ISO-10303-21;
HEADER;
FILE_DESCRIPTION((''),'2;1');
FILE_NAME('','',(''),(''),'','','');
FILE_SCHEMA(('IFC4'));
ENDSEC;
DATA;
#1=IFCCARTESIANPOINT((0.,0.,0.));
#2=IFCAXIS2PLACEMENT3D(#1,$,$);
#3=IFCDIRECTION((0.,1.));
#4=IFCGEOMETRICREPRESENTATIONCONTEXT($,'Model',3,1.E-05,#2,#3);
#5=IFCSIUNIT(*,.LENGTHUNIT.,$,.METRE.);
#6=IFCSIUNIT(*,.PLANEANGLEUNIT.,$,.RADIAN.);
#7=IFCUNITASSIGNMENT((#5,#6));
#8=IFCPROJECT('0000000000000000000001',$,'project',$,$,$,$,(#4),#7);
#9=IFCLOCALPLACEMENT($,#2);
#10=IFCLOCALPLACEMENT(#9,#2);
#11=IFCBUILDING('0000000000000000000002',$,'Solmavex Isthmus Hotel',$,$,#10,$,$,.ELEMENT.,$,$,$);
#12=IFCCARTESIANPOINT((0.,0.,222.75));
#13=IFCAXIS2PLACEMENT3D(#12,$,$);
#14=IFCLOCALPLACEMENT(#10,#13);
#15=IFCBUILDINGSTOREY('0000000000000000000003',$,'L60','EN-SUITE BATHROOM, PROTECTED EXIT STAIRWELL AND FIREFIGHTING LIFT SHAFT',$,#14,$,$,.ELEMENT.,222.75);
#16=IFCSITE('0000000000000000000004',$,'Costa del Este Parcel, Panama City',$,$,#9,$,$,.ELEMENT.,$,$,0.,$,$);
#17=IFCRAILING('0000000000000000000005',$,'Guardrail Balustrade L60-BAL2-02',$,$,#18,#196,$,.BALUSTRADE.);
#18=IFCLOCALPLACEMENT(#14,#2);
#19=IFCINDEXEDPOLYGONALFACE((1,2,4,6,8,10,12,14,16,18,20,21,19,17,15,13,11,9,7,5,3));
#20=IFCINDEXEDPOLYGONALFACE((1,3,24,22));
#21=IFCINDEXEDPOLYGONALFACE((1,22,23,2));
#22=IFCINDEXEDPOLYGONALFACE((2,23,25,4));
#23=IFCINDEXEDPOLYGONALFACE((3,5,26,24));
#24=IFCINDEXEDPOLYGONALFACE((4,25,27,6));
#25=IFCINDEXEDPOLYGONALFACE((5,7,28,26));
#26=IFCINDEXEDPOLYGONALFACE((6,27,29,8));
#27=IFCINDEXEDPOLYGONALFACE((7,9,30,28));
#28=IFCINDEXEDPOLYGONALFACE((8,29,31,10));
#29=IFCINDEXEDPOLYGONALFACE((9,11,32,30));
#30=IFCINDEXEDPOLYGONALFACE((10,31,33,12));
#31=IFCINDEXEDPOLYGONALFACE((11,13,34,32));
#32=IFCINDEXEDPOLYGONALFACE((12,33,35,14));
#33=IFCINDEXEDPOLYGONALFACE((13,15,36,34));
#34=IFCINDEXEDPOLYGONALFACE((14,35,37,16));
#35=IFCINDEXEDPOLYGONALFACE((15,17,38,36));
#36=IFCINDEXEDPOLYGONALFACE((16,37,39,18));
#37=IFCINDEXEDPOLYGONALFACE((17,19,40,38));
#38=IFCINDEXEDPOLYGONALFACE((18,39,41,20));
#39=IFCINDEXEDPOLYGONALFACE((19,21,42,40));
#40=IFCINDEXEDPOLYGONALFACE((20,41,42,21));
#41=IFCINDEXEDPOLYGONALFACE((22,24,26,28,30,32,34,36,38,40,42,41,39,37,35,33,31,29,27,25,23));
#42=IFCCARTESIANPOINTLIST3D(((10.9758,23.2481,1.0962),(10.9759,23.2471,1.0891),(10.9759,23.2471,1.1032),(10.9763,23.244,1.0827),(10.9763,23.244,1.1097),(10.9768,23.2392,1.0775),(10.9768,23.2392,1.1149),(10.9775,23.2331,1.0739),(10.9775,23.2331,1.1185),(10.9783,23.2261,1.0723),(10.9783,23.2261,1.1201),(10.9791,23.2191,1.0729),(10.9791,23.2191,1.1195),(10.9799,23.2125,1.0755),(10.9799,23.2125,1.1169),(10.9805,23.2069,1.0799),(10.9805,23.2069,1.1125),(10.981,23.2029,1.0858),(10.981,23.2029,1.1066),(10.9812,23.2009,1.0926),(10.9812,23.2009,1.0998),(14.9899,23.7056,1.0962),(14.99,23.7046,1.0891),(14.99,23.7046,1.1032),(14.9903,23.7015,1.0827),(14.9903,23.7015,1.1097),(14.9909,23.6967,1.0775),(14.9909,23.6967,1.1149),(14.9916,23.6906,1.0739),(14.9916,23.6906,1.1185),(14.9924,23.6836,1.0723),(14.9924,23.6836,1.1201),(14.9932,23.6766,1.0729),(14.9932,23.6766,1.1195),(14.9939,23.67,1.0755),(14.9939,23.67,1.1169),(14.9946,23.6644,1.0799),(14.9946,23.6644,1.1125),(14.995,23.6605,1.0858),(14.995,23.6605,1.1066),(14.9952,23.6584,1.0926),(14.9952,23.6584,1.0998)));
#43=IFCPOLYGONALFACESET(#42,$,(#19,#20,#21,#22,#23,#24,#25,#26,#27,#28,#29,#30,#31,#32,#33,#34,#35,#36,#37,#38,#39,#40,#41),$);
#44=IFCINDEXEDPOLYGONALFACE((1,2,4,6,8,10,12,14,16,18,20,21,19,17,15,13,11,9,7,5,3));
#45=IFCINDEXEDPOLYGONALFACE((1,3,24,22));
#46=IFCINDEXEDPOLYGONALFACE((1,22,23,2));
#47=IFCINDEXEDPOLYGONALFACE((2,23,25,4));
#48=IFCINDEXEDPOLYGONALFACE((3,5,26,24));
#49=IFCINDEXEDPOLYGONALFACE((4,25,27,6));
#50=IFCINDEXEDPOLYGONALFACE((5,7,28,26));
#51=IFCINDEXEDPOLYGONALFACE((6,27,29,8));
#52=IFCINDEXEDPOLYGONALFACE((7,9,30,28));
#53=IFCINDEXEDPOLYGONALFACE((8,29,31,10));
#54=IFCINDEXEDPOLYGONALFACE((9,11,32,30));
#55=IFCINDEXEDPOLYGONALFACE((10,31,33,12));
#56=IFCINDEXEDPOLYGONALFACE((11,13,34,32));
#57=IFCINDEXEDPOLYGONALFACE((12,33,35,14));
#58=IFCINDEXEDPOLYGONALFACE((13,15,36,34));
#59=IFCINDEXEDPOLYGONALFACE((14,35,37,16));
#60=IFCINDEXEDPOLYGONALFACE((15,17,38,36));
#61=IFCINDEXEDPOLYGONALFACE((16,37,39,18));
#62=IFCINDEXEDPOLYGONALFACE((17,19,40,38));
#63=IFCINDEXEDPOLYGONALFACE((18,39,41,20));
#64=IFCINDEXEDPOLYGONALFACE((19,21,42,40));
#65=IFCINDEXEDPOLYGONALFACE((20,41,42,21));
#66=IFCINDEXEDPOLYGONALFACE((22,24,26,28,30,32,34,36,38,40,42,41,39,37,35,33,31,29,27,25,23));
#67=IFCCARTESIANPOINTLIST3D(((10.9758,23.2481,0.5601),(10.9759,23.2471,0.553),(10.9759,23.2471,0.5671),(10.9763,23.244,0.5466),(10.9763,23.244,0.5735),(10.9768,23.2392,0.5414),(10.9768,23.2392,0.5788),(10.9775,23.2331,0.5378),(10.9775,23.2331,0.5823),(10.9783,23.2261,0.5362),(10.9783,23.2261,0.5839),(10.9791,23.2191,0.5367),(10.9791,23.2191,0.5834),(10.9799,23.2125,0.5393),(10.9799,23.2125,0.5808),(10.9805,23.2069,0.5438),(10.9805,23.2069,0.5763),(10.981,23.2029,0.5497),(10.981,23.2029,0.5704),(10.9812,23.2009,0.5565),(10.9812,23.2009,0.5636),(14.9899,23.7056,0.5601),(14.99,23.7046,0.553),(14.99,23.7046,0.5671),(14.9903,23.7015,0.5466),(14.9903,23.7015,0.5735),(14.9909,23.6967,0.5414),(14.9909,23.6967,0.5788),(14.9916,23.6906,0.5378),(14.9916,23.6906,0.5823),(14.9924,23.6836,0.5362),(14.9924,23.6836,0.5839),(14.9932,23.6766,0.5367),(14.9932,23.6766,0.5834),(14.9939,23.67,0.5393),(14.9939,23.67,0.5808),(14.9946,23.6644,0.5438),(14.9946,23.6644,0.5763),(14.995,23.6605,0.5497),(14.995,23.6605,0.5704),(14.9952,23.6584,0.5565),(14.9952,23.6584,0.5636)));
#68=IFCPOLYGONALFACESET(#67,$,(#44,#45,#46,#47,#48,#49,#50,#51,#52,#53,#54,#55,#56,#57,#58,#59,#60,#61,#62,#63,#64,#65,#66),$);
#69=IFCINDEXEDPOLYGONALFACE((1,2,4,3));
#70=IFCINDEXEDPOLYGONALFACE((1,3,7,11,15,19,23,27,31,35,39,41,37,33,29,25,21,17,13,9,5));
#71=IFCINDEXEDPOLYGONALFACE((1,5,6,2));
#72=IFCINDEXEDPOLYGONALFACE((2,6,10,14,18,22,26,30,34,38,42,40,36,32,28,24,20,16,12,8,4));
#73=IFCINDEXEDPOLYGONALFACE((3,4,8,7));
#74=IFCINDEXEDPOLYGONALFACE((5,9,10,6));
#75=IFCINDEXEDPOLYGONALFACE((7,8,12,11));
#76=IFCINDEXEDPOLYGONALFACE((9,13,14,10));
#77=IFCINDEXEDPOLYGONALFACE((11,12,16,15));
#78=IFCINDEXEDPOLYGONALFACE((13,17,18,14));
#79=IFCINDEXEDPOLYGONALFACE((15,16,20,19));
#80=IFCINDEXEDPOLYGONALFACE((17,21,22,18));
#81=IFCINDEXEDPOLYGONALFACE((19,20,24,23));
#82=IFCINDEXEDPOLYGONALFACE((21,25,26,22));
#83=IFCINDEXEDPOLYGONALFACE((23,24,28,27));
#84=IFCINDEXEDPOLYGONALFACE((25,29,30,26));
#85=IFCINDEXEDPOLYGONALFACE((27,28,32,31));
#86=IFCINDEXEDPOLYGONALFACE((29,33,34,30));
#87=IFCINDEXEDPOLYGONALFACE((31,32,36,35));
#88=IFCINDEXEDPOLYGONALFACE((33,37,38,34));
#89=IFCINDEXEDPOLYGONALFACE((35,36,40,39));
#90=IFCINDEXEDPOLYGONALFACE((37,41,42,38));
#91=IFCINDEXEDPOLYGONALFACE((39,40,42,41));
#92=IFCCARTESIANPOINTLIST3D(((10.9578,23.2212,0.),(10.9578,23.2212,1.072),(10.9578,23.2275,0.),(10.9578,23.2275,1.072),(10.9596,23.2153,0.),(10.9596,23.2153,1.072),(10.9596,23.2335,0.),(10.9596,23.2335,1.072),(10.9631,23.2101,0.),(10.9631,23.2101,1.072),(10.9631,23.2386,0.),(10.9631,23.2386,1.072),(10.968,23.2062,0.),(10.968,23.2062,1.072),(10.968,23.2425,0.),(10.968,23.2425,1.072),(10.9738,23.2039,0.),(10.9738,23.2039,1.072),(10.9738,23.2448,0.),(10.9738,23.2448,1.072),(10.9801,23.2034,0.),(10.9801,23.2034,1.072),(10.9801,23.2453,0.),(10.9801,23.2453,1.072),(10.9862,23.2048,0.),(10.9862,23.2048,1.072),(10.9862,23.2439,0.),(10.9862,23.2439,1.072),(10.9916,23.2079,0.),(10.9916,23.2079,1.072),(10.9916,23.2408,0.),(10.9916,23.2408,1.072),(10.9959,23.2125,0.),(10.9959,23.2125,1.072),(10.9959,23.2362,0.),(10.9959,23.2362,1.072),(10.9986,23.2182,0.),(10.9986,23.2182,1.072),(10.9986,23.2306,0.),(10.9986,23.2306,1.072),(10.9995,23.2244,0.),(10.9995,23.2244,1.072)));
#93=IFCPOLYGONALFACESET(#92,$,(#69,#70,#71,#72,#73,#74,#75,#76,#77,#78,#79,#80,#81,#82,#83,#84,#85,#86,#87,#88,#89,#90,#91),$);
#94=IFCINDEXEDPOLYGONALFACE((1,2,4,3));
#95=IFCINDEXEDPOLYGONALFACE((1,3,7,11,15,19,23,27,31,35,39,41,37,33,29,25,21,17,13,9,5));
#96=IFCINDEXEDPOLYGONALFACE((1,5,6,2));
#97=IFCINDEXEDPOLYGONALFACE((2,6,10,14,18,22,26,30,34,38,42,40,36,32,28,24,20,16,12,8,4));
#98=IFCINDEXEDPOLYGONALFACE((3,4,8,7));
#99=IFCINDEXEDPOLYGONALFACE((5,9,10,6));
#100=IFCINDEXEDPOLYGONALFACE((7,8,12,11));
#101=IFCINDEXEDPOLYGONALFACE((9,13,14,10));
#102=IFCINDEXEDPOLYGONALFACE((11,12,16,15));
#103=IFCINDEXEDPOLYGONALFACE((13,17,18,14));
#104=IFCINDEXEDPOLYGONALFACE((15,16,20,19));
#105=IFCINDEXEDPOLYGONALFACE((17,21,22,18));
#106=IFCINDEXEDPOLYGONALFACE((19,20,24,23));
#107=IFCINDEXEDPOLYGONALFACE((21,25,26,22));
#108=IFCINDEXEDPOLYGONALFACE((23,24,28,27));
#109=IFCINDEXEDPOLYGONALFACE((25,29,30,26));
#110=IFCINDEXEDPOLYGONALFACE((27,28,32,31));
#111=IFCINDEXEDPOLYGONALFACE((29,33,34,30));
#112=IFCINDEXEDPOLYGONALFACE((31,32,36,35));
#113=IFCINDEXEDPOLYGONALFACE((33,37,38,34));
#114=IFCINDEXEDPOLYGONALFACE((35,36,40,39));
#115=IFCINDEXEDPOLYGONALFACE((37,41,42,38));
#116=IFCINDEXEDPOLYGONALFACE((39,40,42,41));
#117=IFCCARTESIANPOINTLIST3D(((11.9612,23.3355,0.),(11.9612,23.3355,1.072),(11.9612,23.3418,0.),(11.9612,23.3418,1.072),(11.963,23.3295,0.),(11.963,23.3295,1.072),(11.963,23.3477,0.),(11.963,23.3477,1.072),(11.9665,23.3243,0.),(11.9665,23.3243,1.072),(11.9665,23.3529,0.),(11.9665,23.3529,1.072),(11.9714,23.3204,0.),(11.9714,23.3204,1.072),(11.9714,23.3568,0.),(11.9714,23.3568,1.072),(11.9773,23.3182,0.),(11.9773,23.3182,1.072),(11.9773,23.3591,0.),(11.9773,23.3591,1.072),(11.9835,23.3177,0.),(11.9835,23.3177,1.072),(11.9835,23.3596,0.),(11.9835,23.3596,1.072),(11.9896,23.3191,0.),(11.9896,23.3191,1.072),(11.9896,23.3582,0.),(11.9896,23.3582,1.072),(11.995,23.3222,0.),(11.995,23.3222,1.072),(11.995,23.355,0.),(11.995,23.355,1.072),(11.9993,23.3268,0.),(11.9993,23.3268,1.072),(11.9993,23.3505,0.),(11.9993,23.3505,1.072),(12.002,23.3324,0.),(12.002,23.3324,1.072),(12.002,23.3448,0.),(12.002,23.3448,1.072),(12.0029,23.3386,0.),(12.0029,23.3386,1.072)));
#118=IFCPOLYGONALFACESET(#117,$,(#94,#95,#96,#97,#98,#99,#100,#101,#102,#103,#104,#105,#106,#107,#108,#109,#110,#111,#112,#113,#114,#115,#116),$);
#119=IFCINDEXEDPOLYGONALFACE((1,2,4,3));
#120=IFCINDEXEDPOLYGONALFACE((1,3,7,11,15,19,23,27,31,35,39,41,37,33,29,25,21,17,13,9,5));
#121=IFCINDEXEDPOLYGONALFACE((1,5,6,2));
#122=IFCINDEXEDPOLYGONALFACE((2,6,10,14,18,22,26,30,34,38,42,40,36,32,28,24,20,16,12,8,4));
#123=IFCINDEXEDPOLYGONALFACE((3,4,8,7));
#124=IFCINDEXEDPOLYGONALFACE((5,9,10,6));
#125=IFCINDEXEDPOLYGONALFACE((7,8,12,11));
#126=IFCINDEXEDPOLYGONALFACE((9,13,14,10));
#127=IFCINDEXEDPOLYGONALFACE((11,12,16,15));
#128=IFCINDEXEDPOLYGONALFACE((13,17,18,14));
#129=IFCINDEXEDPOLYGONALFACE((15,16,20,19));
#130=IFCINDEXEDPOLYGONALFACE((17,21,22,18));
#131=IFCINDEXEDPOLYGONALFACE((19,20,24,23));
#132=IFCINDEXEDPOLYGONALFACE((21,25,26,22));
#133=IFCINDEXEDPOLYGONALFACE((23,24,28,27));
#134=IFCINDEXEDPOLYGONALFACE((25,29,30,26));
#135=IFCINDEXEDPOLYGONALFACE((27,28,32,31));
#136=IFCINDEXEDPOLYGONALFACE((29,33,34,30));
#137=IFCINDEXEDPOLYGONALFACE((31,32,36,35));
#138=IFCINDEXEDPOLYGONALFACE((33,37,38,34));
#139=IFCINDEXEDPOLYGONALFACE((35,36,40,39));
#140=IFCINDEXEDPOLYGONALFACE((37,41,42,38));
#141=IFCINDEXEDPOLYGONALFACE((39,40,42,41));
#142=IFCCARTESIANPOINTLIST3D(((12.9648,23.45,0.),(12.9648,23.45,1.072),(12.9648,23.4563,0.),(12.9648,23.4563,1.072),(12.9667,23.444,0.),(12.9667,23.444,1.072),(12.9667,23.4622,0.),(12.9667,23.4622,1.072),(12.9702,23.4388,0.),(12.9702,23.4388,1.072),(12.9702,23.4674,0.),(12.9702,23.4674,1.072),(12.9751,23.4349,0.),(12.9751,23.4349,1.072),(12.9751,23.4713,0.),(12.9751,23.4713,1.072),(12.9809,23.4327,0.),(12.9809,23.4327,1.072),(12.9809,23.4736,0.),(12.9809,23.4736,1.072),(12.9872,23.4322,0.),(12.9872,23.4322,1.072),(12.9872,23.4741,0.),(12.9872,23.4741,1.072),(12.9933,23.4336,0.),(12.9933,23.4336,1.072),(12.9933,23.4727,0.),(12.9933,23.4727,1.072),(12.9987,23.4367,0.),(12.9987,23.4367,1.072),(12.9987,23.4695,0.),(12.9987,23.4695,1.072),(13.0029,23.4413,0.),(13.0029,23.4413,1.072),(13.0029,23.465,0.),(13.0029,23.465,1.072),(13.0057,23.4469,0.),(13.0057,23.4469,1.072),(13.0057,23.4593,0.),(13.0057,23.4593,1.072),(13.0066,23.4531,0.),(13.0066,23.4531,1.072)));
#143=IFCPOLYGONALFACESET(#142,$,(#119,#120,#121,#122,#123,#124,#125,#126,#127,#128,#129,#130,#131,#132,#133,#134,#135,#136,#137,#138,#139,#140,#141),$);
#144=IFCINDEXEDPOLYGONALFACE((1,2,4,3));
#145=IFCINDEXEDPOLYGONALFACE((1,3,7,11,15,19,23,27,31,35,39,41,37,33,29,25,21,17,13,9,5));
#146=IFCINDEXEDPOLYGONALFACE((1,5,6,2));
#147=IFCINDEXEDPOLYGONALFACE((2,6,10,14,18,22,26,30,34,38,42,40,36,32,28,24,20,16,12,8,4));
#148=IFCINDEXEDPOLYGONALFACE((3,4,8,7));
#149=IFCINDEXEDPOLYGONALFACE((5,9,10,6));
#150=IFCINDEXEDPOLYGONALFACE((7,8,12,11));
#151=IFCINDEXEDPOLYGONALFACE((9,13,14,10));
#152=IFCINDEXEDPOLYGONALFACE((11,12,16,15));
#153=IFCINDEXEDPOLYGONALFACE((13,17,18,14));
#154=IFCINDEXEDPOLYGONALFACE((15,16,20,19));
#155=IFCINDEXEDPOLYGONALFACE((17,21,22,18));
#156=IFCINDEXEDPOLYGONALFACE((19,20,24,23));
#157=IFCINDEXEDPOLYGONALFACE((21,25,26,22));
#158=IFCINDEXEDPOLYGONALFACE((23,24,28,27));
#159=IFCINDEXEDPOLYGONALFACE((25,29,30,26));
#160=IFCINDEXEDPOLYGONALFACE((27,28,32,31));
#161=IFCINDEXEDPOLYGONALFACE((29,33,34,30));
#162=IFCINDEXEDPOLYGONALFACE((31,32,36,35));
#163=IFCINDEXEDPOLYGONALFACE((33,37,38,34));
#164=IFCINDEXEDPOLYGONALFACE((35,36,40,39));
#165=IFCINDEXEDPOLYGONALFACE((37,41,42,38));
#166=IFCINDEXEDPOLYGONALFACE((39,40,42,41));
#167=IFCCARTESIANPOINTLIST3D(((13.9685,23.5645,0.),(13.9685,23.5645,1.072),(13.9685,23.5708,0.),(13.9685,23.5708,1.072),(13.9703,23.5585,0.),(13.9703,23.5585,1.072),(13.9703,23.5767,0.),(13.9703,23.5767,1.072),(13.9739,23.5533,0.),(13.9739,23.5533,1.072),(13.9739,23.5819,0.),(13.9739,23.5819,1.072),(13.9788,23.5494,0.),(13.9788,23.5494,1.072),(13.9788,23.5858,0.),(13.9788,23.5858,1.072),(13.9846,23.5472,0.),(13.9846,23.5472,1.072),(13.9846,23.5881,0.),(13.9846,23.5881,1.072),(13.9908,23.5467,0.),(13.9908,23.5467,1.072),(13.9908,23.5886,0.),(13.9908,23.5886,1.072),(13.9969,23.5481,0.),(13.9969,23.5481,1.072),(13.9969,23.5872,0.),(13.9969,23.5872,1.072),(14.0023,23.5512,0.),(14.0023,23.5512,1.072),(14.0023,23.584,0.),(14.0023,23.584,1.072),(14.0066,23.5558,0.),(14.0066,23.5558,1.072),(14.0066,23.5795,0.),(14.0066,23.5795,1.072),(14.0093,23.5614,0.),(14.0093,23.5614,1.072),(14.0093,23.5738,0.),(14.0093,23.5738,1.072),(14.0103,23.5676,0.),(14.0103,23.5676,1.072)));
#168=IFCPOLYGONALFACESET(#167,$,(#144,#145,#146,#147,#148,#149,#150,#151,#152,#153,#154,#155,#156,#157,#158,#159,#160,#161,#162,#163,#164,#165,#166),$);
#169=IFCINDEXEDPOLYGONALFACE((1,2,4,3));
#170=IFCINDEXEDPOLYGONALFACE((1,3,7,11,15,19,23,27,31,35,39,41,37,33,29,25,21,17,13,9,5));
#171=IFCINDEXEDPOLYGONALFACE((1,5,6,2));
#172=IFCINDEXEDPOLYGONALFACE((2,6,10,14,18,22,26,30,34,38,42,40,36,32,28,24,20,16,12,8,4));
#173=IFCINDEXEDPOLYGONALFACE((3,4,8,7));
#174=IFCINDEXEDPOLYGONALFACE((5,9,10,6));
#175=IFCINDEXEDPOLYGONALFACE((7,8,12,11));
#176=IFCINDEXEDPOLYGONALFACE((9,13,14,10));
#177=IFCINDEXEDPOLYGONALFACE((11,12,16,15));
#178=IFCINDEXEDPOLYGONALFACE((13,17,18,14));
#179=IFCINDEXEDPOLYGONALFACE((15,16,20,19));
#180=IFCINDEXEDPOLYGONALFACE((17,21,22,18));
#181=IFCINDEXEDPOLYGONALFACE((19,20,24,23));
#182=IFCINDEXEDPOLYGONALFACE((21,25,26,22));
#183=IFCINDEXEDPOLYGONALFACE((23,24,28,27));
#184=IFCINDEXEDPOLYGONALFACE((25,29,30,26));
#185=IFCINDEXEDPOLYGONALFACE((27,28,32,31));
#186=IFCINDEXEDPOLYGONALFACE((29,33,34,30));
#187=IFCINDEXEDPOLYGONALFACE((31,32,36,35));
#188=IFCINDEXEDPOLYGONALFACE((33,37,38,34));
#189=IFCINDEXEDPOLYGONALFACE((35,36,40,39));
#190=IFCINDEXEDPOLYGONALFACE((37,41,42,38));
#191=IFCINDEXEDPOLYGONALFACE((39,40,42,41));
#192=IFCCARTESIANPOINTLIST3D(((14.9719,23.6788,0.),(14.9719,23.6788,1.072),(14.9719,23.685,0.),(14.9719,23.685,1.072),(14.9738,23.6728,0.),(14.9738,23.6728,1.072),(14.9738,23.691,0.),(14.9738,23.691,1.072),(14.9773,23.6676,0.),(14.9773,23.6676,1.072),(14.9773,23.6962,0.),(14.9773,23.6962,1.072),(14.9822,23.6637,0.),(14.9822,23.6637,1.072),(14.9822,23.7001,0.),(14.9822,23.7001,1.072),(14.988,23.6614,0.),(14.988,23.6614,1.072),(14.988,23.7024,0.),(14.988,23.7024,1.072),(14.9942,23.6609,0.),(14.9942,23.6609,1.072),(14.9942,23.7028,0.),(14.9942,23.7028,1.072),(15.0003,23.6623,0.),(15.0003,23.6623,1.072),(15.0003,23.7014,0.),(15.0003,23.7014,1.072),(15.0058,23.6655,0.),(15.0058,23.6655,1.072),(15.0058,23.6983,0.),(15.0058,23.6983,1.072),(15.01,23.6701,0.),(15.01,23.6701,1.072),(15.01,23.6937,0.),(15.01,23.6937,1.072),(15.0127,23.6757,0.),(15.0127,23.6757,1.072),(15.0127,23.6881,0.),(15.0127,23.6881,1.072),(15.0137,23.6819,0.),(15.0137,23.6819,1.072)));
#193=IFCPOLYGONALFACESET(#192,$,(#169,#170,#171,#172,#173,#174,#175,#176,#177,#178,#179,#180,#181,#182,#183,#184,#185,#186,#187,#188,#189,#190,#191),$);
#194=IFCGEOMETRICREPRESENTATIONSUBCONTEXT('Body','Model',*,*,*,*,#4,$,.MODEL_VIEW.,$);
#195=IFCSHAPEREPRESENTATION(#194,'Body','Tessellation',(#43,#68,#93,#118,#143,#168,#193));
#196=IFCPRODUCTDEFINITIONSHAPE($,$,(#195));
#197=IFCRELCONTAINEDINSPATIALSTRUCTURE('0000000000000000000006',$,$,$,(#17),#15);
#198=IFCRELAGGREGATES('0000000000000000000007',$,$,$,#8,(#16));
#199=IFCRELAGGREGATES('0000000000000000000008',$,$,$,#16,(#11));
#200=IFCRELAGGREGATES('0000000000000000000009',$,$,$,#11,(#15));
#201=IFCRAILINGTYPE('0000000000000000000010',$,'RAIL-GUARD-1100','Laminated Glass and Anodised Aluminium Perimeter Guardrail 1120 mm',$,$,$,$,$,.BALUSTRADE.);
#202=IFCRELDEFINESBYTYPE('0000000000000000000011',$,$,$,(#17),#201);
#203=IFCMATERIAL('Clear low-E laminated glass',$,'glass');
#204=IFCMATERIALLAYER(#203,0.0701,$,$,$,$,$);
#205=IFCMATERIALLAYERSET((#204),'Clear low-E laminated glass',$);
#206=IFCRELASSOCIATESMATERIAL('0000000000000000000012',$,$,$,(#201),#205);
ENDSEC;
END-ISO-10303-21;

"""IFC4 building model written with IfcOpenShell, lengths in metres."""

from ifc_helpers import new_model, si_unit, direction, frame, origin, origin_2d, place, context, subcontext, project, spatial, circle, extrude, material, layer, layer_set, type_object, element, save


model = new_model("IFC4")

# Units and contexts
model_context = context("Model", 3, precision=1e-05, world=origin(), true_north=direction((0.0, 1.0)))
body_context = subcontext(model_context, "Body", "Model", "MODEL_VIEW")
ifc_project = project(units=[si_unit("LENGTHUNIT", "METRE"), si_unit("PLANEANGLEUNIT", "RADIAN")], contexts=[model_context])

# Site, building, storey
site_placement = place(None, origin())
site = spatial("IfcSite", under=ifc_project, at=site_placement, Name="Costa del Este Parcel, Panama City", CompositionType="ELEMENT", RefElevation=0.0)
building_placement = place(site_placement, origin())
building = spatial("IfcBuilding", under=site, at=building_placement, Name="Solmavex Isthmus Hotel", CompositionType="ELEMENT")
storey_placement = place(building_placement, frame((0.0, 0.0, 222.75)))
storey = spatial("IfcBuildingStorey", under=building, at=storey_placement, Name="L60", Description="EN-SUITE BATHROOM, PROTECTED EXIT STAIRWELL AND FIREFIGHTING LIFT SHAFT", CompositionType="ELEMENT", Elevation=222.75)

# Shared definitions
ifc_material_1 = material(Name="Clear low-E laminated glass", Category="glass")

# Railing
ifc_layer_1 = layer(ifc_material_1, 0.0701)
ifc_layer_set_1 = layer_set([ifc_layer_1], Name="Clear low-E laminated glass")
railing_type_1 = type_object("IfcRailingType", Name="RAIL-GUARD-1100", Description="Laminated Glass and Anodised Aluminium Perimeter Guardrail 1120 mm", PredefinedType="BALUSTRADE", material=ifc_layer_set_1)
railing_1_placement = place(storey_placement, frame((10.9785, 23.2244, 0.0)))
element("IfcRailing", 1, at=railing_1_placement, inside=storey, type_object=railing_type_1, Name="Guardrail Balustrade L60-BAL2-02", PredefinedType="BALUSTRADE", context=body_context, shape_type="SweptSolid", body=[
    extrude(circle(Radius=0.0239, at=origin_2d()), frame((0.0, 0.0, 1.0962), z_axis=(0.993567, 0.113243, 0.0), x_axis=(-0.113243, 0.993567, 0.0)), (0.0, 0.0, 1.0), 4.04),
    extrude(circle(Radius=0.0239, at=origin_2d()), frame((0.0, 0.0, 0.5601), z_axis=(0.993567, 0.113243, 0.0), x_axis=(-0.113243, 0.993567, 0.0)), (0.0, 0.0, 1.0), 4.04),
    extrude(circle(Radius=0.021, at=origin_2d()), origin(), (0.0, 0.0, 1.0), 1.072),
    extrude(circle(Radius=0.021, at=origin_2d()), frame((1.0034, 0.1143, 0.0)), (0.0, 0.0, 1.0), 1.072),
    extrude(circle(Radius=0.021, at=origin_2d()), frame((2.0071, 0.2288, 0.0)), (0.0, 0.0, 1.0), 1.072),
    extrude(circle(Radius=0.021, at=origin_2d()), frame((3.0107, 0.3433, 0.0)), (0.0, 0.0, 1.0), 1.072),
    extrude(circle(Radius=0.021, at=origin_2d()), frame((4.0142, 0.4575, 0.0)), (0.0, 0.0, 1.0), 1.072),
])

save(model, "model.ifc")
